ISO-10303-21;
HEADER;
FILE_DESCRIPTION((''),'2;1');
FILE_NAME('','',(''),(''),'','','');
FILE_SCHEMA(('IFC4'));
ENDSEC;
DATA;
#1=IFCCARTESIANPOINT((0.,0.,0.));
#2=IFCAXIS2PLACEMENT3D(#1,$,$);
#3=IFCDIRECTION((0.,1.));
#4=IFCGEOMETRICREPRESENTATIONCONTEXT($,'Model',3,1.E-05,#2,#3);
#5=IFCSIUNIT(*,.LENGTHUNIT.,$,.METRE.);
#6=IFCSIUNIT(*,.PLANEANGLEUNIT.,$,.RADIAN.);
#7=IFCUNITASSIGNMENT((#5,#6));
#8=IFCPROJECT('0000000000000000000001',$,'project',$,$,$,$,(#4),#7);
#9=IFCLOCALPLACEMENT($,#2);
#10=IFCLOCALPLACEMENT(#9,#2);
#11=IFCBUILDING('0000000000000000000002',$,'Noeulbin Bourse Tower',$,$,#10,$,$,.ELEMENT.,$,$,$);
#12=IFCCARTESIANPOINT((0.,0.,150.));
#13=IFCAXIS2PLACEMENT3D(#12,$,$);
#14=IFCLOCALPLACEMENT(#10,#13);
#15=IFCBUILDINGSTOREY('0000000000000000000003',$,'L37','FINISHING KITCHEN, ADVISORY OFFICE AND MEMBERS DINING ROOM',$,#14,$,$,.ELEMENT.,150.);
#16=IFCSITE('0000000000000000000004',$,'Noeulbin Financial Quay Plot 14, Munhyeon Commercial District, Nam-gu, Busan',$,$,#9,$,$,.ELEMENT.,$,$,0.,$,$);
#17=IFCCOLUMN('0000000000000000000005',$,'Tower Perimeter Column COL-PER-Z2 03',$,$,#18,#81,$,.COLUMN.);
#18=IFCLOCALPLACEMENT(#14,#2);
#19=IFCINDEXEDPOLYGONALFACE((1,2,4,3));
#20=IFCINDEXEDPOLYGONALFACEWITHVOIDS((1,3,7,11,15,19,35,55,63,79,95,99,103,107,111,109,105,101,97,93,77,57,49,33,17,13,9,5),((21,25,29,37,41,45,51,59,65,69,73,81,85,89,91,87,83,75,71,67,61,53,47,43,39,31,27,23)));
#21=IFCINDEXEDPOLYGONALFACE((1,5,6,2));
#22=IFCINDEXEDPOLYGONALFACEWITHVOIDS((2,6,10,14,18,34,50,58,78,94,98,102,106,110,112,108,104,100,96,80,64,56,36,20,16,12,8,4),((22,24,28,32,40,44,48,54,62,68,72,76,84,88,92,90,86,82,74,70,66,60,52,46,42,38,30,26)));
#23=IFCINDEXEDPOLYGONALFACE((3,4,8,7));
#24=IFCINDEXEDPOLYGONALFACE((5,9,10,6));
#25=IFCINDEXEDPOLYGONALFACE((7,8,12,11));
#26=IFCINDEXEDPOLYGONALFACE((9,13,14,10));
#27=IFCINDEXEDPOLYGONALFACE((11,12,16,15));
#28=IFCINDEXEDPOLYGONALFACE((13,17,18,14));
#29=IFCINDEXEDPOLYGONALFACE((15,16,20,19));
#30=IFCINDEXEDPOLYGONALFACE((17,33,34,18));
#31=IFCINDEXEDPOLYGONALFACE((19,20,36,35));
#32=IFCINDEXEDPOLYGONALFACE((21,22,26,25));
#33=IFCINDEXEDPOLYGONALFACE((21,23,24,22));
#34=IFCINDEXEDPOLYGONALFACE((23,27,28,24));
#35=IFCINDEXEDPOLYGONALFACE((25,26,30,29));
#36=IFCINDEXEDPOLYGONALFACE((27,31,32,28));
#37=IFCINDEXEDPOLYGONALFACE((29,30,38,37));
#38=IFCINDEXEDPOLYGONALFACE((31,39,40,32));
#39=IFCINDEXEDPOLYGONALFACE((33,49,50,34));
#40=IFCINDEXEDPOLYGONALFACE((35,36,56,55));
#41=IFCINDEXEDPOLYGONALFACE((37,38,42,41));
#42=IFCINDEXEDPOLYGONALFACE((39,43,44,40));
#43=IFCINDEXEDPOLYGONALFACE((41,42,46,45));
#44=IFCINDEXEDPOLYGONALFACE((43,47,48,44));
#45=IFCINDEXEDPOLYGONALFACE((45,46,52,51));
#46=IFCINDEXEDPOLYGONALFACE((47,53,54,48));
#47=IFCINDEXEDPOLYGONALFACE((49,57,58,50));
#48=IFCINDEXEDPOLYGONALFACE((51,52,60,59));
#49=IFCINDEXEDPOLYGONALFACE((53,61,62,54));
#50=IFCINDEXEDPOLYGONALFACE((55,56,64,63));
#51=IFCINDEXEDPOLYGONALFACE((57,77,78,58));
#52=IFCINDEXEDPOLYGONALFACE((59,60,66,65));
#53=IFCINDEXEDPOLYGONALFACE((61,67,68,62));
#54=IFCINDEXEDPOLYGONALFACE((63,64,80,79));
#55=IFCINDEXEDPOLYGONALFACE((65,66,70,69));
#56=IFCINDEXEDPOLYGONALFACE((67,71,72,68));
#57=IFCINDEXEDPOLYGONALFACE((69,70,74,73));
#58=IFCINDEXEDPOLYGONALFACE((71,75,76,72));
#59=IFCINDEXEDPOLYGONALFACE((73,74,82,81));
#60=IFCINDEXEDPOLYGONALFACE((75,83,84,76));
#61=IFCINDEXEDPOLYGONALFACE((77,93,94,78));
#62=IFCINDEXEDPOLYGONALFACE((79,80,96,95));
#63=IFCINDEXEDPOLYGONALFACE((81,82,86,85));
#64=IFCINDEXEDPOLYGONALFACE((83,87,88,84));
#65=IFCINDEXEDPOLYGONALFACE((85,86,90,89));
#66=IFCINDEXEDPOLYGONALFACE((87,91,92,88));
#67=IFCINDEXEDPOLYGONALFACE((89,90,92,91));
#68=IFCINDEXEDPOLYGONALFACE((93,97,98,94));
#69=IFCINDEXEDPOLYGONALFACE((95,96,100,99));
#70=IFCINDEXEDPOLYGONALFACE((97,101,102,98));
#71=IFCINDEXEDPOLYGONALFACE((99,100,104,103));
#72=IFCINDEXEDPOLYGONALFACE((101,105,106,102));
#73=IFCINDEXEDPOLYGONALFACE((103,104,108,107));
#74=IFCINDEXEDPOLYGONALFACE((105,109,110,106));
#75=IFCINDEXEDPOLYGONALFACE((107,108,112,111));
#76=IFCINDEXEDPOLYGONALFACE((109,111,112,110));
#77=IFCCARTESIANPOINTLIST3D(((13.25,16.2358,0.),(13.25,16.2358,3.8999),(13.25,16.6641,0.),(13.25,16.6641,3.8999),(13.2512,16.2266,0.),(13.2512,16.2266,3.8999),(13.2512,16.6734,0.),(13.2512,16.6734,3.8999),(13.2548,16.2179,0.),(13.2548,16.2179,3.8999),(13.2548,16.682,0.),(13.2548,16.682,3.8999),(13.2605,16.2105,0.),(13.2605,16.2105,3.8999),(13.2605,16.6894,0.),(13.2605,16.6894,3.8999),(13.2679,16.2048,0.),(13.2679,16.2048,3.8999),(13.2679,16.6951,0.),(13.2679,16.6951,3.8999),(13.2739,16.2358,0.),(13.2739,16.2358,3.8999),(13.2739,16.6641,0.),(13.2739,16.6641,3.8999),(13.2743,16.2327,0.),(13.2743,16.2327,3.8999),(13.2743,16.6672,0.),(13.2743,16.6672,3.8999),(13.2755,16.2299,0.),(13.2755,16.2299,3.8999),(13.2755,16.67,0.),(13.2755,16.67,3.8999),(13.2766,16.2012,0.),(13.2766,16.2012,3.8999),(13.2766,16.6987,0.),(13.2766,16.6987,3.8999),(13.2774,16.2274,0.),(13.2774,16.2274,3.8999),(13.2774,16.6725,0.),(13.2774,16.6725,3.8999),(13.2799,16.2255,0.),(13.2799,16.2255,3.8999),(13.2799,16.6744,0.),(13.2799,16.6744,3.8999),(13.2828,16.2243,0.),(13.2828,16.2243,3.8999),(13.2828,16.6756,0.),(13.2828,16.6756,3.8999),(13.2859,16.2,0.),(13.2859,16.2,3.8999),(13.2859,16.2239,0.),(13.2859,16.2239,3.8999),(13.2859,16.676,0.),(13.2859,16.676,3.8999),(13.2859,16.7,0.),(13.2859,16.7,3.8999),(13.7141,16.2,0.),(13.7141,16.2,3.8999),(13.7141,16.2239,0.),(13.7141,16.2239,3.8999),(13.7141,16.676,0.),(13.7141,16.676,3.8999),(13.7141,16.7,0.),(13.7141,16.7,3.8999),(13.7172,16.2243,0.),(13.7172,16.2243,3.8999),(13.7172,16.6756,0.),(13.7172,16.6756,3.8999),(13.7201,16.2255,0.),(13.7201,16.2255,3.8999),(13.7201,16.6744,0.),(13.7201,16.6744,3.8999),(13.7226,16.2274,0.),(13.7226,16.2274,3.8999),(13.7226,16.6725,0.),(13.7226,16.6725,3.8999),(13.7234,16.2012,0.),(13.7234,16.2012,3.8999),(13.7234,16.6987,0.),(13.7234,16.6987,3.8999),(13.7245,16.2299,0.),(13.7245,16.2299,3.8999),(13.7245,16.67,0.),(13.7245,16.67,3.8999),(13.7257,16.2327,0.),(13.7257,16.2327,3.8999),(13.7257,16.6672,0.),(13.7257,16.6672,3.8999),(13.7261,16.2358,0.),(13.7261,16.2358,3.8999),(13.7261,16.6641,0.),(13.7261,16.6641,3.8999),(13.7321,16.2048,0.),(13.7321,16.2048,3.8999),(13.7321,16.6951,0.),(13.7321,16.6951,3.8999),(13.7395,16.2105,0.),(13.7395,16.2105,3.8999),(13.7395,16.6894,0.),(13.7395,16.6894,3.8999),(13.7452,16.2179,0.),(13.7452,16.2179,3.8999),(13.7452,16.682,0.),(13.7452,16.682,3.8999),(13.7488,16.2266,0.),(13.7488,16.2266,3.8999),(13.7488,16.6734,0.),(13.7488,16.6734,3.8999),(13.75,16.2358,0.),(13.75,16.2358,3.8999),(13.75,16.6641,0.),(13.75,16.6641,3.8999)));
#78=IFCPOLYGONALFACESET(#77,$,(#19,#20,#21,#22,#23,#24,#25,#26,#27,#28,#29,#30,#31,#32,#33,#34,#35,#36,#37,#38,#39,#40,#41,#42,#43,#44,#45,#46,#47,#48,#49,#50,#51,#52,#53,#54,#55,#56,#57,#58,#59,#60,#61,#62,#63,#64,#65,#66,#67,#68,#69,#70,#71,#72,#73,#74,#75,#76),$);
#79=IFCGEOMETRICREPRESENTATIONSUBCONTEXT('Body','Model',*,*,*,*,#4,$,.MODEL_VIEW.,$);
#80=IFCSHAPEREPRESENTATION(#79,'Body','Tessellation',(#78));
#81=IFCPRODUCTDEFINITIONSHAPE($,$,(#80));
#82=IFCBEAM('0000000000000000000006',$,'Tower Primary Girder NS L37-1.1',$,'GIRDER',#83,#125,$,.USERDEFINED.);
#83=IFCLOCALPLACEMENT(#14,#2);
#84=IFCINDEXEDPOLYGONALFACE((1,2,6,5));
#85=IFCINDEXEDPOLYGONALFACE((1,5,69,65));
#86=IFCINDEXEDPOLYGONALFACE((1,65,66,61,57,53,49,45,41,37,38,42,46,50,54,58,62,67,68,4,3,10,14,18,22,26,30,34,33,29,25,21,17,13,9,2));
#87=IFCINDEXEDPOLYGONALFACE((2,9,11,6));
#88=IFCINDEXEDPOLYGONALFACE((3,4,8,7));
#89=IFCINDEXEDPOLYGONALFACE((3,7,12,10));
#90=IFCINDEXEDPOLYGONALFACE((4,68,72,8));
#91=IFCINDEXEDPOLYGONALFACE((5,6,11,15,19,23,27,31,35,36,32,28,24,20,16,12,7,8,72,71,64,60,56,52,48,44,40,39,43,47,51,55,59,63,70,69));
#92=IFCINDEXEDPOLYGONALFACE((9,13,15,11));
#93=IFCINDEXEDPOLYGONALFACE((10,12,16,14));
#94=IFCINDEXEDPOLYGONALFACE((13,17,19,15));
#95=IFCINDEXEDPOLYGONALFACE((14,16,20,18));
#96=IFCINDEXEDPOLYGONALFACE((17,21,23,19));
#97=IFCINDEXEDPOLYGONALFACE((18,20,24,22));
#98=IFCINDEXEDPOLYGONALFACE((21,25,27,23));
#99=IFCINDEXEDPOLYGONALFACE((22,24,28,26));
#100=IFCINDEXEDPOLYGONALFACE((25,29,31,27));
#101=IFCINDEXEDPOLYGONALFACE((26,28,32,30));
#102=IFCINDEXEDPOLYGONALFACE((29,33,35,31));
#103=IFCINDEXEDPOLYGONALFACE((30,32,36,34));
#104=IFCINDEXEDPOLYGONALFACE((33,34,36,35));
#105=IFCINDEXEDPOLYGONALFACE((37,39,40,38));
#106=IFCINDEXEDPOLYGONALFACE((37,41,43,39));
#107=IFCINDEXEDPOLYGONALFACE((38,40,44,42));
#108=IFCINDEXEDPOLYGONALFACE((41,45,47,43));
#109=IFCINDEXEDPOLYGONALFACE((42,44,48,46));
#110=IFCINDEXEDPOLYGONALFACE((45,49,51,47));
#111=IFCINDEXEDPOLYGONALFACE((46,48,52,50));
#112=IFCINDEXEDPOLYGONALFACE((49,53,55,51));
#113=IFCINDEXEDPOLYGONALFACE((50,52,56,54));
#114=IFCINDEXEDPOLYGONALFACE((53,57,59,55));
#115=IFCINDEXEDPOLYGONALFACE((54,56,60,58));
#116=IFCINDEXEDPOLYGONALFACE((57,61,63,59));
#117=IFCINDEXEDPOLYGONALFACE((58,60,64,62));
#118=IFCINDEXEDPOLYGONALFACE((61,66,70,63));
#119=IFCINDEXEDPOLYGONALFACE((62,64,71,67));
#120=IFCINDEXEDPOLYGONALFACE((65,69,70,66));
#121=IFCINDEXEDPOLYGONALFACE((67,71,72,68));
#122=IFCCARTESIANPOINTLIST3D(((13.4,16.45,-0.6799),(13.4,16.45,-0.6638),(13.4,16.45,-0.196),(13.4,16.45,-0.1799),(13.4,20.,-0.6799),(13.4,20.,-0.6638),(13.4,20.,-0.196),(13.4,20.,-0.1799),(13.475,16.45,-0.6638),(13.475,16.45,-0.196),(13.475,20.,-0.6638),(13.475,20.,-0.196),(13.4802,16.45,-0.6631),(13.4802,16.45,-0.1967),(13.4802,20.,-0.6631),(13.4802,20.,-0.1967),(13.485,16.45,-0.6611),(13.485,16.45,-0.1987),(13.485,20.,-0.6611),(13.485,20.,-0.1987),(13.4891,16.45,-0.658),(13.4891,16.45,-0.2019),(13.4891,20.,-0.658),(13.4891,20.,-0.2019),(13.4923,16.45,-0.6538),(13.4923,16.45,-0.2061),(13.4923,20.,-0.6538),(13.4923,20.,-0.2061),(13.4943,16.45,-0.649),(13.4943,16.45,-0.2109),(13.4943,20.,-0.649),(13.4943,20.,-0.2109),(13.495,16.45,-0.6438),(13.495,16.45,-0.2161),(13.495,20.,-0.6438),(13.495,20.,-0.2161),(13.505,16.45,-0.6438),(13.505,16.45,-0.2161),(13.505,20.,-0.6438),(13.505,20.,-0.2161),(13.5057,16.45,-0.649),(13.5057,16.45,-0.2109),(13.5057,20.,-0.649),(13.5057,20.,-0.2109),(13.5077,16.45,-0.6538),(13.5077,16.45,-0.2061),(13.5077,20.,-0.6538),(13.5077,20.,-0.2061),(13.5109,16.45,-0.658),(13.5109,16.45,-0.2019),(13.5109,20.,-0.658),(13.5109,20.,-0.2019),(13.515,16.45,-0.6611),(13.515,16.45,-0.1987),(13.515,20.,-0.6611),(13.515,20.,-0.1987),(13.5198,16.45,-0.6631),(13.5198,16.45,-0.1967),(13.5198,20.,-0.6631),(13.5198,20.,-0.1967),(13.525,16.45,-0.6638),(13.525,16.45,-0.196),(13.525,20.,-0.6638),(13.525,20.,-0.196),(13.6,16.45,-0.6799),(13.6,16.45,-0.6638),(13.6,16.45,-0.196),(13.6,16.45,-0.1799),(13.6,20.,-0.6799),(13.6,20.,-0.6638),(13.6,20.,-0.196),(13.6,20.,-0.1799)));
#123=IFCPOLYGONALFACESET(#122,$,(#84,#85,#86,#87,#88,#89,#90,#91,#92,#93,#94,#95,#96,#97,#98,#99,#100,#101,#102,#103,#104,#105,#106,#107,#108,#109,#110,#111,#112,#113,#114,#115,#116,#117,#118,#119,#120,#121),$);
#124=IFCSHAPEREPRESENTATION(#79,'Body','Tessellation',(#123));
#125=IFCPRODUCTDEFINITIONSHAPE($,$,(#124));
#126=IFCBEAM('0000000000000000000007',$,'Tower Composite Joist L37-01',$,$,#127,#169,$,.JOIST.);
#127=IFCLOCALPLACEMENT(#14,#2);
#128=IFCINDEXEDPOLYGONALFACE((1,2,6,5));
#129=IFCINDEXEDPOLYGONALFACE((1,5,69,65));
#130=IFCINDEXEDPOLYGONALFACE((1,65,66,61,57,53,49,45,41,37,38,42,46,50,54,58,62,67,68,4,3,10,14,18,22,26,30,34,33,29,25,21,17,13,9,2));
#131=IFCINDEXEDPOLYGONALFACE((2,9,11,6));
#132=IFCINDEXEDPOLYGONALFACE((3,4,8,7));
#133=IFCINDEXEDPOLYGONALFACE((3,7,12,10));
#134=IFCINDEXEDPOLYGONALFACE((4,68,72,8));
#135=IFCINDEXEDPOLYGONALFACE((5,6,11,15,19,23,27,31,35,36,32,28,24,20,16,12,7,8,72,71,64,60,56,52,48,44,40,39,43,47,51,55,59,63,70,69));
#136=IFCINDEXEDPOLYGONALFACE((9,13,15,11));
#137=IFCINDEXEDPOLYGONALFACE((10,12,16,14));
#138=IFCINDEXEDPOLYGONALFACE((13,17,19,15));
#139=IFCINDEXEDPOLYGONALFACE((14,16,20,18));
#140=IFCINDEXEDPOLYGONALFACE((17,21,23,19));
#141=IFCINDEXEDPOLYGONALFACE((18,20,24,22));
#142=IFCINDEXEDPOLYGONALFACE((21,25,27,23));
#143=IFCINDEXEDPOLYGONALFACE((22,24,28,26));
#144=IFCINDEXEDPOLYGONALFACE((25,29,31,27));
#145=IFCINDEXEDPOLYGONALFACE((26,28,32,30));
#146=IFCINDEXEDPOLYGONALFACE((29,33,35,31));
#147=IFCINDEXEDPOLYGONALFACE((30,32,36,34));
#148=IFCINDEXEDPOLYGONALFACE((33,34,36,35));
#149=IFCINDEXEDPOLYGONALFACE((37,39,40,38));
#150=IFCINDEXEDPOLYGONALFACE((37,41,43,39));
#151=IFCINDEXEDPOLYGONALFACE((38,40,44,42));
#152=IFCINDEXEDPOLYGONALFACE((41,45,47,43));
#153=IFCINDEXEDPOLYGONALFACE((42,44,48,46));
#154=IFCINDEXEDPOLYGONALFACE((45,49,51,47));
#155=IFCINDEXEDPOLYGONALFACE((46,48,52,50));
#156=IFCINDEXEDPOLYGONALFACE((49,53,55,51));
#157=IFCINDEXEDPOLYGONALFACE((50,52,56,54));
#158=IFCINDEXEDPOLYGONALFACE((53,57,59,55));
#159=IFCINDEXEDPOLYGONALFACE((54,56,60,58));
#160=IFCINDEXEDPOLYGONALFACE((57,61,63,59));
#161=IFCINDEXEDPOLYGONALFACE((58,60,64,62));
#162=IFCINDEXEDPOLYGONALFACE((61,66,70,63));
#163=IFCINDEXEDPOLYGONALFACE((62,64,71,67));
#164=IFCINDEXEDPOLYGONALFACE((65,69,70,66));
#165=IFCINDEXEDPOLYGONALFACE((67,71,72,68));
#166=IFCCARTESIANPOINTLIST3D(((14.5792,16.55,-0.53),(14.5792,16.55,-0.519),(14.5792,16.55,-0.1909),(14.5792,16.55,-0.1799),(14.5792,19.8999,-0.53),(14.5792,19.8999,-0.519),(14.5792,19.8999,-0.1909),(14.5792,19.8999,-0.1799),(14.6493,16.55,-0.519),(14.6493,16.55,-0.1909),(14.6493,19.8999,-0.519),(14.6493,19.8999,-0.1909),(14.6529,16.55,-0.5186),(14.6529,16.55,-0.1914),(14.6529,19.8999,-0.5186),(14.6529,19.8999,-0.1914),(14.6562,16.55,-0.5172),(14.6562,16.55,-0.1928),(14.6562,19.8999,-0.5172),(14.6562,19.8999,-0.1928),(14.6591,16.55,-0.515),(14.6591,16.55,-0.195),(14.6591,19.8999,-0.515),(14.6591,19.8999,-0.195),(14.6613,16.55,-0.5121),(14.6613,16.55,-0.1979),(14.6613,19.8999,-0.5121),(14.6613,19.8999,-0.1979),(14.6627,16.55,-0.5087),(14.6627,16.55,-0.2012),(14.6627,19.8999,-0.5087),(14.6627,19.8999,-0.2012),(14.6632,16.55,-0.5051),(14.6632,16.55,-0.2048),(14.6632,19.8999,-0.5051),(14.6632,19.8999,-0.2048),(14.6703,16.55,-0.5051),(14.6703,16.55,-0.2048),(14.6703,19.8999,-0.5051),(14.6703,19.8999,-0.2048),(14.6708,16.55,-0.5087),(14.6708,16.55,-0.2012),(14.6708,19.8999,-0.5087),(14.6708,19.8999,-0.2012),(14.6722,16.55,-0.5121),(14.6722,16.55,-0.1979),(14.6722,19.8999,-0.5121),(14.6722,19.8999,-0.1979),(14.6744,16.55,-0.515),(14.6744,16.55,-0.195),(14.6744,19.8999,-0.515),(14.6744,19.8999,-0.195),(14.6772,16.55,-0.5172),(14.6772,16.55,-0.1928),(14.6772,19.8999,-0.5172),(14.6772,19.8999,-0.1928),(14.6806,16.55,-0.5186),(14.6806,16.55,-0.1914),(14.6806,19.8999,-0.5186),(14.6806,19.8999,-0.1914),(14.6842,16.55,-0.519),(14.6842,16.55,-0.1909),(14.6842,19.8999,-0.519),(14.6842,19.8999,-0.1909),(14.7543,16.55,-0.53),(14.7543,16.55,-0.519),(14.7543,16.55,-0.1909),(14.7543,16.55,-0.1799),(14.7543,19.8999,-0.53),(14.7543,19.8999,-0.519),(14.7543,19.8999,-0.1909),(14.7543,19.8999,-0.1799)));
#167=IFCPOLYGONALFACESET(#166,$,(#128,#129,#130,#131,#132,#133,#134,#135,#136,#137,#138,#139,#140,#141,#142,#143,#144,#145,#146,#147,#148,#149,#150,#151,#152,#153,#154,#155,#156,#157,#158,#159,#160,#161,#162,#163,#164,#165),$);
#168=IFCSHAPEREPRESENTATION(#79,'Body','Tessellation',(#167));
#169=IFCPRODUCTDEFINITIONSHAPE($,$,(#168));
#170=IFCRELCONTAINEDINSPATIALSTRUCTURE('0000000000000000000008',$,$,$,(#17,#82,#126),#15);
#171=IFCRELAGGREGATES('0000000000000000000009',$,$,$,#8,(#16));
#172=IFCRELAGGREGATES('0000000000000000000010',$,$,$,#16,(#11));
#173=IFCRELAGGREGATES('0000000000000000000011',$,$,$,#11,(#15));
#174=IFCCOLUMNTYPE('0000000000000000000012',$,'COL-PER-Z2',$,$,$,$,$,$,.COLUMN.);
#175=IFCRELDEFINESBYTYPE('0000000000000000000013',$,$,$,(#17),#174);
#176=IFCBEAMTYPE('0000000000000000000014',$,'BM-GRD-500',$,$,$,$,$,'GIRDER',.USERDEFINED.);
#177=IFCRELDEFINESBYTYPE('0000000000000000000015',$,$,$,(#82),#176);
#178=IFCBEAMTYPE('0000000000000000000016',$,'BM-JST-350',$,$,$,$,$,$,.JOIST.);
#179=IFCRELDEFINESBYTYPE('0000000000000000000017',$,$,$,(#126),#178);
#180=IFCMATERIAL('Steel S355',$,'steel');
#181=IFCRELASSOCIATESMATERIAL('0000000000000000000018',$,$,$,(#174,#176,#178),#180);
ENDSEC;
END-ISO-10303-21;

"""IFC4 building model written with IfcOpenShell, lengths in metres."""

from ifc_helpers import new_model, si_unit, direction, frame, origin, origin_2d, place, context, subcontext, project, spatial, hollow_rectangle, i_section, extrude, material, material_profile, profile_set, type_object, element, save


model = new_model("IFC4")

# Units and contexts
model_context = context("Model", 3, precision=1e-05, world=origin(), true_north=direction((0.0, 1.0)))
body_context = subcontext(model_context, "Body", "Model", "MODEL_VIEW")
ifc_project = project(units=[si_unit("LENGTHUNIT", "METRE"), si_unit("PLANEANGLEUNIT", "RADIAN")], contexts=[model_context])

# Site, building, storey
site_placement = place(None, origin())
site = spatial("IfcSite", under=ifc_project, at=site_placement, Name="Noeulbin Financial Quay Plot 14, Munhyeon Commercial District, Nam-gu, Busan", CompositionType="ELEMENT", RefElevation=0.0)
building_placement = place(site_placement, origin())
building = spatial("IfcBuilding", under=site, at=building_placement, Name="Noeulbin Bourse Tower", CompositionType="ELEMENT")
storey_placement = place(building_placement, frame((0.0, 0.0, 150.0)))
storey = spatial("IfcBuildingStorey", under=building, at=storey_placement, Name="L37", Description="FINISHING KITCHEN, ADVISORY OFFICE AND MEMBERS DINING ROOM", CompositionType="ELEMENT", Elevation=150.0)

# Column
ifc_material_1 = material(Name="Steel S355", Category="steel")
ifc_material_profile_1 = material_profile(ifc_material_1, hollow_rectangle(XDim=0.5, YDim=0.5, WallThickness=0.0239, InnerFilletRadius=0.012, OuterFilletRadius=0.0359, at=origin_2d()), Name="BOX-500x500x24", Category="LoadBearing")
ifc_profile_set_1 = profile_set([ifc_material_profile_1], Name="Steel S355")
column_type = type_object("IfcColumnType", Name="COL-PER-Z2", PredefinedType="COLUMN", material=ifc_profile_set_1)
column_placement = place(storey_placement, frame((13.5, 16.45, 0.0), z_axis=(0.0, 0.0, 1.0), x_axis=(1.0, 0.0, 0.0)))
element("IfcColumn", 1, at=column_placement, inside=storey, type_object=column_type, Name="Tower Perimeter Column COL-PER-Z2 03", PredefinedType="COLUMN", context=body_context, shape_type="SweptSolid", body=[
    extrude(hollow_rectangle(XDim=0.5, YDim=0.5, WallThickness=0.0239, InnerFilletRadius=0.012, OuterFilletRadius=0.0359, at=origin_2d()), origin(), (0.0, 0.0, 1.0), 3.8999),
])

# Beams
ifc_material_profile_2 = material_profile(ifc_material_1, i_section(OverallWidth=0.2, OverallDepth=0.5, WebThickness=0.01, FlangeThickness=0.0161, FilletRadius=0.02, at=origin_2d()), Name="H-500x200x10x16", Category="LoadBearing")
ifc_profile_set_2 = profile_set([ifc_material_profile_2], Name="Steel S355")
beam_type_1 = type_object("IfcBeamType", Name="BM-GRD-500", ElementType="GIRDER", PredefinedType="USERDEFINED", material=ifc_profile_set_2)
beam_1_placement = place(storey_placement, frame((13.5, 16.45, -0.4299), z_axis=(0.0, 1.0, 0.0), x_axis=(-1.0, 0.0, 0.0)))
element("IfcBeam", 2, at=beam_1_placement, inside=storey, type_object=beam_type_1, Name="Tower Primary Girder NS L37-1.1", ObjectType="GIRDER", PredefinedType="USERDEFINED", context=body_context, shape_type="SweptSolid", body=[
    extrude(i_section(OverallWidth=0.2, OverallDepth=0.5, WebThickness=0.01, FlangeThickness=0.0161, FilletRadius=0.02, at=origin_2d()), origin(), (0.0, 0.0, 1.0), 3.55),
])
ifc_material_profile_3 = material_profile(ifc_material_1, i_section(OverallWidth=0.175, OverallDepth=0.3501, WebThickness=0.0071, FlangeThickness=0.011, FilletRadius=0.0139, at=origin_2d()), Name="H-350x175x7x11", Category="LoadBearing")
ifc_profile_set_3 = profile_set([ifc_material_profile_3], Name="Steel S355")
beam_type_2 = type_object("IfcBeamType", Name="BM-JST-350", PredefinedType="JOIST", material=ifc_profile_set_3)
for number, where, z_axis, x_axis, name in (
    (3, (14.6667, 16.55, -0.355), (0.0, 1.0, 0.0), (-1.0, 0.0, 0.0), "Tower Composite Joist L37-01"),
):
    element("IfcBeam", number, at=place(storey_placement, frame(where, z_axis=z_axis, x_axis=x_axis)), inside=storey, type_object=beam_type_2, Name=name, PredefinedType="JOIST", context=body_context, shape_type="SweptSolid", body=[
        extrude(i_section(OverallWidth=0.175, OverallDepth=0.3501, WebThickness=0.0071, FlangeThickness=0.011, FilletRadius=0.0139, at=origin_2d()), origin(), (0.0, 0.0, 1.0), 3.3499),
    ])

save(model, "model.ifc")
